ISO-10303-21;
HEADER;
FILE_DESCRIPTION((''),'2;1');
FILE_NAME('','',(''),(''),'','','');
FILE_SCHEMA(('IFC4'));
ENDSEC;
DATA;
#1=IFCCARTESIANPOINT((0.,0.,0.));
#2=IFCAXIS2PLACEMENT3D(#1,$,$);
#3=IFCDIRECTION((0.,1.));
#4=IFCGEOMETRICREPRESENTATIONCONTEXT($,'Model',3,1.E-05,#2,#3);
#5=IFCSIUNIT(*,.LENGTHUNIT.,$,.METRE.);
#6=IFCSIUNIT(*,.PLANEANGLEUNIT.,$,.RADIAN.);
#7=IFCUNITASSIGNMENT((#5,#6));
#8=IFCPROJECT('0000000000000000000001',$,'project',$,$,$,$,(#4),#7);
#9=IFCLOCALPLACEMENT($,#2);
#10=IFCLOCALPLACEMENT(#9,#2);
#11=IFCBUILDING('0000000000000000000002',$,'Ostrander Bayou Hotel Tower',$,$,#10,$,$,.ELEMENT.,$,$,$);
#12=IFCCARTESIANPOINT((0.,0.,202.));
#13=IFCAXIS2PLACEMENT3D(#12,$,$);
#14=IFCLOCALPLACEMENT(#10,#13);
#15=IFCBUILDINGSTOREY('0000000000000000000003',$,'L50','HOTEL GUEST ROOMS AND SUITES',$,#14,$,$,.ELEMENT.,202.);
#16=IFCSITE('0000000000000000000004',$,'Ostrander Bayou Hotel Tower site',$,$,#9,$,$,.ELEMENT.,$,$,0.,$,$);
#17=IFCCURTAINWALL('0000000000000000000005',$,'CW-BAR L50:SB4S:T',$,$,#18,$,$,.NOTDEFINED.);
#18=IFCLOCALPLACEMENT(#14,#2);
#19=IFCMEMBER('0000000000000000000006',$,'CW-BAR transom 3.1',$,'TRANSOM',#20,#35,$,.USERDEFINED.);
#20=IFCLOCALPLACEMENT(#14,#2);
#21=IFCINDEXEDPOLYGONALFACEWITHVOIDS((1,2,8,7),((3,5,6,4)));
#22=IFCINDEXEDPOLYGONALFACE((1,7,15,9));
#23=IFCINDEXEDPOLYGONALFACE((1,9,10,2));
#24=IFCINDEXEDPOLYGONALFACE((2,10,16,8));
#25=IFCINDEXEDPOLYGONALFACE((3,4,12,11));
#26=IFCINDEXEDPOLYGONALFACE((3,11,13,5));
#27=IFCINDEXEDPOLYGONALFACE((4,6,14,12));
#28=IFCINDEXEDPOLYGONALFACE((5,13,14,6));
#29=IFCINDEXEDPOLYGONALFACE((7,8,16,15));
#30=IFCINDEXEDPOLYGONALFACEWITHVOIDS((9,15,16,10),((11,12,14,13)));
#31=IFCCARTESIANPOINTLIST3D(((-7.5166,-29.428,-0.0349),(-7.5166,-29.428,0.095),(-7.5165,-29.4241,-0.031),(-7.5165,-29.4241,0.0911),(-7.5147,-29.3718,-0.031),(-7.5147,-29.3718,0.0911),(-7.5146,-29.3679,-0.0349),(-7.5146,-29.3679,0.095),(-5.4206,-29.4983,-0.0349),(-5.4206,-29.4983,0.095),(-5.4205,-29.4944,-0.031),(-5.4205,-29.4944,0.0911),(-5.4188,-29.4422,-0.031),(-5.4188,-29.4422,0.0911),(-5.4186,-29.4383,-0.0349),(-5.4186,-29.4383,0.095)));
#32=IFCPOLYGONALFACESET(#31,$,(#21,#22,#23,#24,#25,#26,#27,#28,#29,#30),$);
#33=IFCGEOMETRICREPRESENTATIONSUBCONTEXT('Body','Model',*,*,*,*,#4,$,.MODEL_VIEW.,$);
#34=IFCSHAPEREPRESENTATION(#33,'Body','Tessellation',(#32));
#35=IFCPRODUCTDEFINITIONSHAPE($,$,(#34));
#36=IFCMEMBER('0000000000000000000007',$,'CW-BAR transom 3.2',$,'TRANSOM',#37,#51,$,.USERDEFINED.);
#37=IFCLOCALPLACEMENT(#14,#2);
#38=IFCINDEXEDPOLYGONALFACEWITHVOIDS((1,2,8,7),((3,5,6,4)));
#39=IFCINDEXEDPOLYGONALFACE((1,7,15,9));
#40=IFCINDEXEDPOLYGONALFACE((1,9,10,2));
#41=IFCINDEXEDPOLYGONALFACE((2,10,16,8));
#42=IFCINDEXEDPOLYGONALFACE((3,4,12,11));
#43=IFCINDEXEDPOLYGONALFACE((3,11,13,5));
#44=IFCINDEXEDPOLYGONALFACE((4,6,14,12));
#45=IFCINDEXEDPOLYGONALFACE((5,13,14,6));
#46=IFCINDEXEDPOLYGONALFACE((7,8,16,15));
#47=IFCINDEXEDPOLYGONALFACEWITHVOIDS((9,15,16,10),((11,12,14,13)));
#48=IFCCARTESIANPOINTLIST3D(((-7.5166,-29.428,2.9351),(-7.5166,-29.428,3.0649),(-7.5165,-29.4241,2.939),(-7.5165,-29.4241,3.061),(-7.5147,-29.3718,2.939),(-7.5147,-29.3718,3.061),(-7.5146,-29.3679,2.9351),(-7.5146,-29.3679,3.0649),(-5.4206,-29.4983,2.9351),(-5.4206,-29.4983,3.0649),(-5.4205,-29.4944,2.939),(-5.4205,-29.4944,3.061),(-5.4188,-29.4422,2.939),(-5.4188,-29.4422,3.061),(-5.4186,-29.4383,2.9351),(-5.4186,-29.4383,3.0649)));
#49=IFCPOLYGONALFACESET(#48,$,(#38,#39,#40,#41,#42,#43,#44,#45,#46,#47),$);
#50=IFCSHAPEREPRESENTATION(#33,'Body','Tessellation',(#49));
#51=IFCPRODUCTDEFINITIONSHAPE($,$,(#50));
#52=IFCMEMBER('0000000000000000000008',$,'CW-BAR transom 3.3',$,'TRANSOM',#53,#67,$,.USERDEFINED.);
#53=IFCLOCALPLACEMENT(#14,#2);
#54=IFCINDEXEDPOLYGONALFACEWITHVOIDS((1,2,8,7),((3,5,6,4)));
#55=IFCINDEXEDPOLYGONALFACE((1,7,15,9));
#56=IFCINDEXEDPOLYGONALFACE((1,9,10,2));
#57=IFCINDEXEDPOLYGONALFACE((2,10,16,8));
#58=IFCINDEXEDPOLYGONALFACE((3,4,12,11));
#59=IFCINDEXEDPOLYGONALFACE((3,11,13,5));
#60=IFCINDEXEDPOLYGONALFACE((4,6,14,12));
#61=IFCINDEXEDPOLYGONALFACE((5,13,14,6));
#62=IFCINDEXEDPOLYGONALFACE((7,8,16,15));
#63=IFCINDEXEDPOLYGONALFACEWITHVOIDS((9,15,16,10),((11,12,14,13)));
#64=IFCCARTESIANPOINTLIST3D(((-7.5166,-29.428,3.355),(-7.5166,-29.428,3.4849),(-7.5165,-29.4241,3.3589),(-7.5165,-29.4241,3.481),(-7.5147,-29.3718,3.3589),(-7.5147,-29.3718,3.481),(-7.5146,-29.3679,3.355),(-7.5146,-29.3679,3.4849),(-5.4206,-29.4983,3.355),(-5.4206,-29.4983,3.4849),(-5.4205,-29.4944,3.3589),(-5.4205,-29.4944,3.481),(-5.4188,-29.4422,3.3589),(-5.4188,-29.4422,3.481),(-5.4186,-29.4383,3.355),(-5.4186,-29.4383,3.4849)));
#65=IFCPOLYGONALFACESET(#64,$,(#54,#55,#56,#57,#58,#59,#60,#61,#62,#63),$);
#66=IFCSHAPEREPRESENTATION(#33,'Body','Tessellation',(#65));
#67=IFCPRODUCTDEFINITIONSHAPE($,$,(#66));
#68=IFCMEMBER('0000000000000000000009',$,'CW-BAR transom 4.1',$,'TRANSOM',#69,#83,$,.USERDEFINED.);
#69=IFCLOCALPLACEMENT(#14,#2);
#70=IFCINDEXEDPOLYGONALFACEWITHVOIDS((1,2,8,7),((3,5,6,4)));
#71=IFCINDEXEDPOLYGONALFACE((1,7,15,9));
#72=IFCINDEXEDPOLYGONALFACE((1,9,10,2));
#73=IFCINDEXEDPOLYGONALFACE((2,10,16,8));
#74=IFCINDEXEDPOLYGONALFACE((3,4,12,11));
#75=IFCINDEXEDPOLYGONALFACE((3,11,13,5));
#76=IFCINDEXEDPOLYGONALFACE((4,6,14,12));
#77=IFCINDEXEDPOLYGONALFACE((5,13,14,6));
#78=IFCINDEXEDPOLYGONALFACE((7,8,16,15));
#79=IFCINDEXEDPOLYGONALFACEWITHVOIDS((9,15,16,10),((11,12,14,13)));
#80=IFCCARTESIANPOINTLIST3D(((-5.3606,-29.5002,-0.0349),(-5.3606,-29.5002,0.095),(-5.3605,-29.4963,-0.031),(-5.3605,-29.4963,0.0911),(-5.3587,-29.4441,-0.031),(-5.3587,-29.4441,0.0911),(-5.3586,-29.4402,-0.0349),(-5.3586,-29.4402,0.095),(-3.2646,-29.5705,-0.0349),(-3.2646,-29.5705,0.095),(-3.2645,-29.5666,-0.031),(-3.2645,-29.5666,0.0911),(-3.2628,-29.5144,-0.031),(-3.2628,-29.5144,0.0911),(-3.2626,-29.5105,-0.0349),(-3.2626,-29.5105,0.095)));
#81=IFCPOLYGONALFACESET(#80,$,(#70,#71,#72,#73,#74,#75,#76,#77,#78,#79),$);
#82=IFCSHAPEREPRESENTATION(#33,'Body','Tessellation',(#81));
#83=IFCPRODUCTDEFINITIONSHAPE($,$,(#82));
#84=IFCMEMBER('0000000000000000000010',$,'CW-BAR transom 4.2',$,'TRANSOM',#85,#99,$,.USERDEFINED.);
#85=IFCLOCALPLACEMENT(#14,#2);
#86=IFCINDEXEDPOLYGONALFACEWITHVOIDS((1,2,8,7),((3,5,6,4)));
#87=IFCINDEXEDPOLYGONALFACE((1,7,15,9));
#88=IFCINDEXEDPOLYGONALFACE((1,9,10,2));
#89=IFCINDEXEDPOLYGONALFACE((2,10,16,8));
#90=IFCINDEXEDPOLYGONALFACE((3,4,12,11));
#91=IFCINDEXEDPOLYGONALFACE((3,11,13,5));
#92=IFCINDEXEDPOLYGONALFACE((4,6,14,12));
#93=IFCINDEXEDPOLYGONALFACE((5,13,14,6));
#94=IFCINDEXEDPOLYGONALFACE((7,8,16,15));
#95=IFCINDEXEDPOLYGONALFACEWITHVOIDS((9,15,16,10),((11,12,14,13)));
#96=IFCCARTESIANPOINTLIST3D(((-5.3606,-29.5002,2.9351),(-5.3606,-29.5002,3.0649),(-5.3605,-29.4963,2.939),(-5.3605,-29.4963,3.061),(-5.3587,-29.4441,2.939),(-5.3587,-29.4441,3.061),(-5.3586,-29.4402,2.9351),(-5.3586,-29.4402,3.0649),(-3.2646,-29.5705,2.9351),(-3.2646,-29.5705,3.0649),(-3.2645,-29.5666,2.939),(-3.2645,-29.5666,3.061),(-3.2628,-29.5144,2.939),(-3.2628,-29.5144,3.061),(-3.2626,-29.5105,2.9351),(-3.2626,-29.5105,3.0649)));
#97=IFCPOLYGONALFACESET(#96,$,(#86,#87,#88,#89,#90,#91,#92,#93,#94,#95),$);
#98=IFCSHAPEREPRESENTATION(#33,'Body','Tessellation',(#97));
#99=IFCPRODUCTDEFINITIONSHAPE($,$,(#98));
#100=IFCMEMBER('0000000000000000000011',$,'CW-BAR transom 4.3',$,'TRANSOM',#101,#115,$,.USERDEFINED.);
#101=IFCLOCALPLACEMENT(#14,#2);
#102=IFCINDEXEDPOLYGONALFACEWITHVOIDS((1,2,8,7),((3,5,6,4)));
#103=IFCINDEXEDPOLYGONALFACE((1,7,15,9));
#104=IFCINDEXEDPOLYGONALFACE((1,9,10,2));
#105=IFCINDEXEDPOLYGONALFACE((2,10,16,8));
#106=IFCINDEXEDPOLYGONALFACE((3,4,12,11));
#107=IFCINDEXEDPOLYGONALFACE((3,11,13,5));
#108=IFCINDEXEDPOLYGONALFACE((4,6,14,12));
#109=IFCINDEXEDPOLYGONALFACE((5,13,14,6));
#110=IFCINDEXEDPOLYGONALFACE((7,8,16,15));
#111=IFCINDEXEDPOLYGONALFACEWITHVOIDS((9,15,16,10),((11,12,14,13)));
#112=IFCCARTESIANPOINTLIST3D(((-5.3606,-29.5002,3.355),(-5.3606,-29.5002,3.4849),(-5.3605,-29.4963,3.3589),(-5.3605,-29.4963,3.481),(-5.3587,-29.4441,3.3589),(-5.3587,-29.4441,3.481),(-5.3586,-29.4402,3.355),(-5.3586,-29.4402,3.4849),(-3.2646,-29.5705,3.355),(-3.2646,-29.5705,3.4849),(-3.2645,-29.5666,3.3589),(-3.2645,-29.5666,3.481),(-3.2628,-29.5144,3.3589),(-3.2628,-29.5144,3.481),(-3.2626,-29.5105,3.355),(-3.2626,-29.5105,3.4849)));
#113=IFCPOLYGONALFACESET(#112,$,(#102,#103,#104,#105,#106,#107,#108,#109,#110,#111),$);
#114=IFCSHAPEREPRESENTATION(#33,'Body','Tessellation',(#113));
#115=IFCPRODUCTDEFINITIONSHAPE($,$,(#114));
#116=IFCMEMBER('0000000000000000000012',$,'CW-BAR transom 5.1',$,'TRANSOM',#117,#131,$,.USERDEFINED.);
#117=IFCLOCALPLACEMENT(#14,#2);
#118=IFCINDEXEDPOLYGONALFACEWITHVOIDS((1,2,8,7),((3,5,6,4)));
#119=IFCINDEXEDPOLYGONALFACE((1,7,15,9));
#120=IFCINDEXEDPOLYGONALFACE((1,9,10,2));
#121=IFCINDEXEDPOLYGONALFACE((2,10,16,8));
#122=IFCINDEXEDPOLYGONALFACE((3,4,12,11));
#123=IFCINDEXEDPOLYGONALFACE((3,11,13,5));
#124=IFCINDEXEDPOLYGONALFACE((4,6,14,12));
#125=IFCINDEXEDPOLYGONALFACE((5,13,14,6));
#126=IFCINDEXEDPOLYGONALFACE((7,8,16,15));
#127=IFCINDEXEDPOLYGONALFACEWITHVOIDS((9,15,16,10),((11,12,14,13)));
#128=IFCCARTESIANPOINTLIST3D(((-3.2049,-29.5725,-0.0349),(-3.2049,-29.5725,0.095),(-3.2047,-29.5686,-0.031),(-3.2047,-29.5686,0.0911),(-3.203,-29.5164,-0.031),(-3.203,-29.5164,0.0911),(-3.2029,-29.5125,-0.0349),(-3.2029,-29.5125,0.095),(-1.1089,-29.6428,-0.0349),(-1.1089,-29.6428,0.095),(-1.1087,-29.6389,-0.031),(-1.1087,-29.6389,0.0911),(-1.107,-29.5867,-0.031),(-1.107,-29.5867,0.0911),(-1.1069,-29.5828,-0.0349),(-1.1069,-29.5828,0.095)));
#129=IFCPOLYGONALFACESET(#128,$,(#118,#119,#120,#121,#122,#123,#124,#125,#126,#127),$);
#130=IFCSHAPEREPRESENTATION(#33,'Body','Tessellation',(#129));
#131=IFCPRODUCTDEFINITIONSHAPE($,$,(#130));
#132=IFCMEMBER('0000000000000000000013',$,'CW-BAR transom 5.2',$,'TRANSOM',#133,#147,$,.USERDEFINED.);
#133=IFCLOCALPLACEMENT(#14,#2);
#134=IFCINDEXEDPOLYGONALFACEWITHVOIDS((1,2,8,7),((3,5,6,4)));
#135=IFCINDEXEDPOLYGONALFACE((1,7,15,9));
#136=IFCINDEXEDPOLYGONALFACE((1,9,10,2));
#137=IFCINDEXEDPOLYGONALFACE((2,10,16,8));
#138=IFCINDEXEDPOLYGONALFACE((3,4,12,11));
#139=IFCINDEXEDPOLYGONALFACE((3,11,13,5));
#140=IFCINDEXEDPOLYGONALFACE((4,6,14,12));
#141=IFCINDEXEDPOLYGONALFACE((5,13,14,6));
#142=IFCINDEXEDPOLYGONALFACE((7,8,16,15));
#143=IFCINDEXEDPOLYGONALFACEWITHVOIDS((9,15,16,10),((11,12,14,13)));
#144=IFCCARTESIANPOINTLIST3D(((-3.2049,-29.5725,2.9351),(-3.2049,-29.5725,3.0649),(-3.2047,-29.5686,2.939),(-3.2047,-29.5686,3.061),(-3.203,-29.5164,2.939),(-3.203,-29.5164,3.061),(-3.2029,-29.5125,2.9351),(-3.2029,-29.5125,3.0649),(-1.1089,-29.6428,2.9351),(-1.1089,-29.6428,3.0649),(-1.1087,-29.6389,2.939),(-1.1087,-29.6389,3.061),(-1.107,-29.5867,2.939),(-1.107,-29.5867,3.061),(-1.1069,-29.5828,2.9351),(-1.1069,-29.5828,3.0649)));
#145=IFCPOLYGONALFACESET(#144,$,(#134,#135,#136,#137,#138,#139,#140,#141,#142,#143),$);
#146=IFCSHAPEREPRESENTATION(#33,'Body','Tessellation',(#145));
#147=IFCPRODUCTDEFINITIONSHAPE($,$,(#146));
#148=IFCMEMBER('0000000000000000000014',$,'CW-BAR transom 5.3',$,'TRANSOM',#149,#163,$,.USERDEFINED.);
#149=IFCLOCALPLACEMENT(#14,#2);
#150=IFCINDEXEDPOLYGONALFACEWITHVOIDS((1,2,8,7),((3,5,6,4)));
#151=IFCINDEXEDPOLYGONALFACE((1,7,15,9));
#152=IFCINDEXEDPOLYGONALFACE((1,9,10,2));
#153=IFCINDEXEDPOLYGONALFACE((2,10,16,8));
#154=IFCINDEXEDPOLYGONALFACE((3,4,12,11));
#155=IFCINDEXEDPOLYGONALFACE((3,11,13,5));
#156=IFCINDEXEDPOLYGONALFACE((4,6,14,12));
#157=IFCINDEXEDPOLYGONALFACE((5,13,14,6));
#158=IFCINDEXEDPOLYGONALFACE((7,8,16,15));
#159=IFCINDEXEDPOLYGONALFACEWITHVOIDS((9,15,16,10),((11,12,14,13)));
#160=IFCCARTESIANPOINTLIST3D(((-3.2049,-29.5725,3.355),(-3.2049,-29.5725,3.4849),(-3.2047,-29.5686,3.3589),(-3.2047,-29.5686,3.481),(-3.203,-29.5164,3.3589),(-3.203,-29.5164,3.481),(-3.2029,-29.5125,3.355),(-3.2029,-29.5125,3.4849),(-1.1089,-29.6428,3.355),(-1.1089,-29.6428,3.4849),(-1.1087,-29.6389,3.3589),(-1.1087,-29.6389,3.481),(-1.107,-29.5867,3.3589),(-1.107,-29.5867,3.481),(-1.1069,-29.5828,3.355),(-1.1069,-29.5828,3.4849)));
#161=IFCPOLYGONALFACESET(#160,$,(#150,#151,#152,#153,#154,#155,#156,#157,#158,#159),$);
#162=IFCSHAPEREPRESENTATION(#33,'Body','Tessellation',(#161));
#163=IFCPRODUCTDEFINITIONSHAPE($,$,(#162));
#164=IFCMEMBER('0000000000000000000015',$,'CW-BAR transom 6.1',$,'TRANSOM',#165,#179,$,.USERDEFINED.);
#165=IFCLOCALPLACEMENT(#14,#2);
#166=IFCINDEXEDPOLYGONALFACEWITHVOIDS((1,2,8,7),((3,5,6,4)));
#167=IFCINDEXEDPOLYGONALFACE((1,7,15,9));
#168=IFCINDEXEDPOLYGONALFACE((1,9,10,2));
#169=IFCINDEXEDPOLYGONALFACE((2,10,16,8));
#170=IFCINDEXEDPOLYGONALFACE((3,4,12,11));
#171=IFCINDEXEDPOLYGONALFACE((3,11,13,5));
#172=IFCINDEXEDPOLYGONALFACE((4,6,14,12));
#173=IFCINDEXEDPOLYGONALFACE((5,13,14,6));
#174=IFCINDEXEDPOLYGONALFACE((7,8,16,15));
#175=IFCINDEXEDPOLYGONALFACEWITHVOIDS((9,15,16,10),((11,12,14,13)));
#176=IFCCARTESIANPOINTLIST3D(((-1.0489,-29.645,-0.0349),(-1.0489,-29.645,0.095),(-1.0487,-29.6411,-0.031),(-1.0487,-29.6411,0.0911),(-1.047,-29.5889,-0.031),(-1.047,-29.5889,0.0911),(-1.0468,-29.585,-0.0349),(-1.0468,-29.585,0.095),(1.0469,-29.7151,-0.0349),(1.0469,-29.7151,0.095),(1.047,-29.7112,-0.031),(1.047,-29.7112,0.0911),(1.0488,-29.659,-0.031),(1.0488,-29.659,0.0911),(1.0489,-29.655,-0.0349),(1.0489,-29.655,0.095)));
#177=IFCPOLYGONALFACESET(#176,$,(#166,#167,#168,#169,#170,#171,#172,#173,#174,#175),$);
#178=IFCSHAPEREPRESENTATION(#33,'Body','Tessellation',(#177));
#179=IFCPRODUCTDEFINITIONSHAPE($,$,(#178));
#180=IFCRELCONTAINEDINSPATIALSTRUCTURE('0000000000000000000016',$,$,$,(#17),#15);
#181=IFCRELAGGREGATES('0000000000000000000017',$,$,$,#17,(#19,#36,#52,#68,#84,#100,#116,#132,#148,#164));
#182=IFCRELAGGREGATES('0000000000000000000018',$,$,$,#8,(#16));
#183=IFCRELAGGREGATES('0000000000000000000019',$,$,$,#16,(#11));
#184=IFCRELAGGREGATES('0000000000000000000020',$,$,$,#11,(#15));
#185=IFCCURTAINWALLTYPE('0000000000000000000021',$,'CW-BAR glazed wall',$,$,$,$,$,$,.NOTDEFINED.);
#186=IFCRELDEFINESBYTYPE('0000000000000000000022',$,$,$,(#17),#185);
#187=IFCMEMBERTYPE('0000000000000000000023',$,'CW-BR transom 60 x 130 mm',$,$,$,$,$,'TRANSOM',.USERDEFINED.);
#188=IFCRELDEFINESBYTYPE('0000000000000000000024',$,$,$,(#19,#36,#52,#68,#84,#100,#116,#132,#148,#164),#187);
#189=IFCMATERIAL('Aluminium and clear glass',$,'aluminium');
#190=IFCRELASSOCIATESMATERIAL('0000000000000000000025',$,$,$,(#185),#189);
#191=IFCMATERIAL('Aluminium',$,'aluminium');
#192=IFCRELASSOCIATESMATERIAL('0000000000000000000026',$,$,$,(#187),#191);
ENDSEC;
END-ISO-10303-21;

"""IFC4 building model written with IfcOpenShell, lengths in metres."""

from ifc_helpers import new_model, si_unit, direction, frame, origin, origin_2d, place, context, subcontext, project, spatial, hollow_rectangle, extrude, material, material_profile, profile_set, type_object, element, aggregate, save


model = new_model("IFC4")

# Units and contexts
model_context = context("Model", 3, precision=1e-05, world=origin(), true_north=direction((0.0, 1.0)))
body_context = subcontext(model_context, "Body", "Model", "MODEL_VIEW")
ifc_project = project(units=[si_unit("LENGTHUNIT", "METRE"), si_unit("PLANEANGLEUNIT", "RADIAN")], contexts=[model_context])

# Site, building, storey
site_placement = place(None, origin())
site = spatial("IfcSite", under=ifc_project, at=site_placement, Name="Ostrander Bayou Hotel Tower site", CompositionType="ELEMENT", RefElevation=0.0)
building_placement = place(site_placement, origin())
building = spatial("IfcBuilding", under=site, at=building_placement, Name="Ostrander Bayou Hotel Tower", CompositionType="ELEMENT")
storey_placement = place(building_placement, frame((0.0, 0.0, 202.0)))
storey = spatial("IfcBuildingStorey", under=building, at=storey_placement, Name="L50", Description="HOTEL GUEST ROOMS AND SUITES", CompositionType="ELEMENT", Elevation=202.0)

# Curtain wall, members
ifc_material_1 = material(Name="Aluminium and clear glass", Category="aluminium")
curtain_wall_type = type_object("IfcCurtainWallType", Name="CW-BAR glazed wall", PredefinedType="NOTDEFINED", material=ifc_material_1)
curtain_wall_placement = place(storey_placement, origin())
curtain_wall = element("IfcCurtainWall", 1, at=curtain_wall_placement, inside=storey, type_object=curtain_wall_type, Name="CW-BAR L50:SB4S:T", PredefinedType="NOTDEFINED")
ifc_material_2 = material(Name="Aluminium", Category="aluminium")
ifc_material_profile_1 = material_profile(ifc_material_2, hollow_rectangle(XDim=0.0601, YDim=0.1299, WallThickness=0.0039, at=origin_2d()))
ifc_profile_set_1 = profile_set([ifc_material_profile_1], Name="Aluminium")
member_type_1 = type_object("IfcMemberType", Name="CW-BR transom 60 x 130 mm", ElementType="TRANSOM", PredefinedType="USERDEFINED", material=ifc_profile_set_1)
member_1_placement = place(storey_placement, frame((-7.5156, -29.3979, 0.03), z_axis=(0.999438, -0.033528, 0.0), x_axis=(0.033528, 0.999438, 0.0)))
member_1 = element("IfcMember", 2, at=member_1_placement, type_object=member_type_1, Name="CW-BAR transom 3.1", ObjectType="TRANSOM", PredefinedType="USERDEFINED", context=body_context, shape_type="SweptSolid", body=[
    extrude(hollow_rectangle(XDim=0.0601, YDim=0.1299, WallThickness=0.0039, at=origin_2d()), origin(), (0.0, 0.0, 1.0), 2.0972),
])
member_2_placement = place(storey_placement, frame((-7.5156, -29.3979, 3.0), z_axis=(0.999438, -0.033528, 0.0), x_axis=(0.033528, 0.999438, 0.0)))
member_2 = element("IfcMember", 3, at=member_2_placement, type_object=member_type_1, Name="CW-BAR transom 3.2", ObjectType="TRANSOM", PredefinedType="USERDEFINED", context=body_context, shape_type="SweptSolid", body=[
    extrude(hollow_rectangle(XDim=0.0601, YDim=0.1299, WallThickness=0.0039, at=origin_2d()), origin(), (0.0, 0.0, 1.0), 2.0972),
])
member_3_placement = place(storey_placement, frame((-7.5156, -29.3979, 3.4199), z_axis=(0.999438, -0.033528, 0.0), x_axis=(0.033528, 0.999438, 0.0)))
member_3 = element("IfcMember", 4, at=member_3_placement, type_object=member_type_1, Name="CW-BAR transom 3.3", ObjectType="TRANSOM", PredefinedType="USERDEFINED", context=body_context, shape_type="SweptSolid", body=[
    extrude(hollow_rectangle(XDim=0.0601, YDim=0.1299, WallThickness=0.0039, at=origin_2d()), origin(), (0.0, 0.0, 1.0), 2.0972),
])
member_4_placement = place(storey_placement, frame((-5.3596, -29.4702, 0.03), z_axis=(0.999438, -0.033528, 0.0), x_axis=(0.033528, 0.999438, 0.0)))
member_4 = element("IfcMember", 5, at=member_4_placement, type_object=member_type_1, Name="CW-BAR transom 4.1", ObjectType="TRANSOM", PredefinedType="USERDEFINED", context=body_context, shape_type="SweptSolid", body=[
    extrude(hollow_rectangle(XDim=0.0601, YDim=0.1299, WallThickness=0.0039, at=origin_2d()), origin(), (0.0, 0.0, 1.0), 2.0972),
])
member_5_placement = place(storey_placement, frame((-5.3596, -29.4702, 3.0), z_axis=(0.999438, -0.033528, 0.0), x_axis=(0.033528, 0.999438, 0.0)))
member_5 = element("IfcMember", 6, at=member_5_placement, type_object=member_type_1, Name="CW-BAR transom 4.2", ObjectType="TRANSOM", PredefinedType="USERDEFINED", context=body_context, shape_type="SweptSolid", body=[
    extrude(hollow_rectangle(XDim=0.0601, YDim=0.1299, WallThickness=0.0039, at=origin_2d()), origin(), (0.0, 0.0, 1.0), 2.0972),
])
member_6_placement = place(storey_placement, frame((-5.3596, -29.4702, 3.4199), z_axis=(0.999438, -0.033528, 0.0), x_axis=(0.033528, 0.999438, 0.0)))
member_6 = element("IfcMember", 7, at=member_6_placement, type_object=member_type_1, Name="CW-BAR transom 4.3", ObjectType="TRANSOM", PredefinedType="USERDEFINED", context=body_context, shape_type="SweptSolid", body=[
    extrude(hollow_rectangle(XDim=0.0601, YDim=0.1299, WallThickness=0.0039, at=origin_2d()), origin(), (0.0, 0.0, 1.0), 2.0972),
])
member_7_placement = place(storey_placement, frame((-3.2039, -29.5425, 0.03), z_axis=(0.999438, -0.033528, 0.0), x_axis=(0.033528, 0.999438, 0.0)))
member_7 = element("IfcMember", 8, at=member_7_placement, type_object=member_type_1, Name="CW-BAR transom 5.1", ObjectType="TRANSOM", PredefinedType="USERDEFINED", context=body_context, shape_type="SweptSolid", body=[
    extrude(hollow_rectangle(XDim=0.0601, YDim=0.1299, WallThickness=0.0039, at=origin_2d()), origin(), (0.0, 0.0, 1.0), 2.0972),
])
member_8_placement = place(storey_placement, frame((-3.2039, -29.5425, 3.0), z_axis=(0.999438, -0.033528, 0.0), x_axis=(0.033528, 0.999438, 0.0)))
member_8 = element("IfcMember", 9, at=member_8_placement, type_object=member_type_1, Name="CW-BAR transom 5.2", ObjectType="TRANSOM", PredefinedType="USERDEFINED", context=body_context, shape_type="SweptSolid", body=[
    extrude(hollow_rectangle(XDim=0.0601, YDim=0.1299, WallThickness=0.0039, at=origin_2d()), origin(), (0.0, 0.0, 1.0), 2.0972),
])
member_9_placement = place(storey_placement, frame((-3.2039, -29.5425, 3.4199), z_axis=(0.999438, -0.033528, 0.0), x_axis=(0.033528, 0.999438, 0.0)))
member_9 = element("IfcMember", 10, at=member_9_placement, type_object=member_type_1, Name="CW-BAR transom 5.3", ObjectType="TRANSOM", PredefinedType="USERDEFINED", context=body_context, shape_type="SweptSolid", body=[
    extrude(hollow_rectangle(XDim=0.0601, YDim=0.1299, WallThickness=0.0039, at=origin_2d()), origin(), (0.0, 0.0, 1.0), 2.0972),
])
member_10_placement = place(storey_placement, frame((-1.0479, -29.615, 0.03), z_axis=(0.999442, -0.033416, 0.0), x_axis=(0.033416, 0.999442, 0.0)))
member_10 = element("IfcMember", 11, at=member_10_placement, type_object=member_type_1, Name="CW-BAR transom 6.1", ObjectType="TRANSOM", PredefinedType="USERDEFINED", context=body_context, shape_type="SweptSolid", body=[
    extrude(hollow_rectangle(XDim=0.0601, YDim=0.1299, WallThickness=0.0039, at=origin_2d()), origin(), (0.0, 0.0, 1.0), 2.0969),
])

aggregate(curtain_wall, [member_1, member_2, member_3, member_4, member_5, member_6, member_7, member_8, member_9, member_10])

save(model, "model.ifc")
